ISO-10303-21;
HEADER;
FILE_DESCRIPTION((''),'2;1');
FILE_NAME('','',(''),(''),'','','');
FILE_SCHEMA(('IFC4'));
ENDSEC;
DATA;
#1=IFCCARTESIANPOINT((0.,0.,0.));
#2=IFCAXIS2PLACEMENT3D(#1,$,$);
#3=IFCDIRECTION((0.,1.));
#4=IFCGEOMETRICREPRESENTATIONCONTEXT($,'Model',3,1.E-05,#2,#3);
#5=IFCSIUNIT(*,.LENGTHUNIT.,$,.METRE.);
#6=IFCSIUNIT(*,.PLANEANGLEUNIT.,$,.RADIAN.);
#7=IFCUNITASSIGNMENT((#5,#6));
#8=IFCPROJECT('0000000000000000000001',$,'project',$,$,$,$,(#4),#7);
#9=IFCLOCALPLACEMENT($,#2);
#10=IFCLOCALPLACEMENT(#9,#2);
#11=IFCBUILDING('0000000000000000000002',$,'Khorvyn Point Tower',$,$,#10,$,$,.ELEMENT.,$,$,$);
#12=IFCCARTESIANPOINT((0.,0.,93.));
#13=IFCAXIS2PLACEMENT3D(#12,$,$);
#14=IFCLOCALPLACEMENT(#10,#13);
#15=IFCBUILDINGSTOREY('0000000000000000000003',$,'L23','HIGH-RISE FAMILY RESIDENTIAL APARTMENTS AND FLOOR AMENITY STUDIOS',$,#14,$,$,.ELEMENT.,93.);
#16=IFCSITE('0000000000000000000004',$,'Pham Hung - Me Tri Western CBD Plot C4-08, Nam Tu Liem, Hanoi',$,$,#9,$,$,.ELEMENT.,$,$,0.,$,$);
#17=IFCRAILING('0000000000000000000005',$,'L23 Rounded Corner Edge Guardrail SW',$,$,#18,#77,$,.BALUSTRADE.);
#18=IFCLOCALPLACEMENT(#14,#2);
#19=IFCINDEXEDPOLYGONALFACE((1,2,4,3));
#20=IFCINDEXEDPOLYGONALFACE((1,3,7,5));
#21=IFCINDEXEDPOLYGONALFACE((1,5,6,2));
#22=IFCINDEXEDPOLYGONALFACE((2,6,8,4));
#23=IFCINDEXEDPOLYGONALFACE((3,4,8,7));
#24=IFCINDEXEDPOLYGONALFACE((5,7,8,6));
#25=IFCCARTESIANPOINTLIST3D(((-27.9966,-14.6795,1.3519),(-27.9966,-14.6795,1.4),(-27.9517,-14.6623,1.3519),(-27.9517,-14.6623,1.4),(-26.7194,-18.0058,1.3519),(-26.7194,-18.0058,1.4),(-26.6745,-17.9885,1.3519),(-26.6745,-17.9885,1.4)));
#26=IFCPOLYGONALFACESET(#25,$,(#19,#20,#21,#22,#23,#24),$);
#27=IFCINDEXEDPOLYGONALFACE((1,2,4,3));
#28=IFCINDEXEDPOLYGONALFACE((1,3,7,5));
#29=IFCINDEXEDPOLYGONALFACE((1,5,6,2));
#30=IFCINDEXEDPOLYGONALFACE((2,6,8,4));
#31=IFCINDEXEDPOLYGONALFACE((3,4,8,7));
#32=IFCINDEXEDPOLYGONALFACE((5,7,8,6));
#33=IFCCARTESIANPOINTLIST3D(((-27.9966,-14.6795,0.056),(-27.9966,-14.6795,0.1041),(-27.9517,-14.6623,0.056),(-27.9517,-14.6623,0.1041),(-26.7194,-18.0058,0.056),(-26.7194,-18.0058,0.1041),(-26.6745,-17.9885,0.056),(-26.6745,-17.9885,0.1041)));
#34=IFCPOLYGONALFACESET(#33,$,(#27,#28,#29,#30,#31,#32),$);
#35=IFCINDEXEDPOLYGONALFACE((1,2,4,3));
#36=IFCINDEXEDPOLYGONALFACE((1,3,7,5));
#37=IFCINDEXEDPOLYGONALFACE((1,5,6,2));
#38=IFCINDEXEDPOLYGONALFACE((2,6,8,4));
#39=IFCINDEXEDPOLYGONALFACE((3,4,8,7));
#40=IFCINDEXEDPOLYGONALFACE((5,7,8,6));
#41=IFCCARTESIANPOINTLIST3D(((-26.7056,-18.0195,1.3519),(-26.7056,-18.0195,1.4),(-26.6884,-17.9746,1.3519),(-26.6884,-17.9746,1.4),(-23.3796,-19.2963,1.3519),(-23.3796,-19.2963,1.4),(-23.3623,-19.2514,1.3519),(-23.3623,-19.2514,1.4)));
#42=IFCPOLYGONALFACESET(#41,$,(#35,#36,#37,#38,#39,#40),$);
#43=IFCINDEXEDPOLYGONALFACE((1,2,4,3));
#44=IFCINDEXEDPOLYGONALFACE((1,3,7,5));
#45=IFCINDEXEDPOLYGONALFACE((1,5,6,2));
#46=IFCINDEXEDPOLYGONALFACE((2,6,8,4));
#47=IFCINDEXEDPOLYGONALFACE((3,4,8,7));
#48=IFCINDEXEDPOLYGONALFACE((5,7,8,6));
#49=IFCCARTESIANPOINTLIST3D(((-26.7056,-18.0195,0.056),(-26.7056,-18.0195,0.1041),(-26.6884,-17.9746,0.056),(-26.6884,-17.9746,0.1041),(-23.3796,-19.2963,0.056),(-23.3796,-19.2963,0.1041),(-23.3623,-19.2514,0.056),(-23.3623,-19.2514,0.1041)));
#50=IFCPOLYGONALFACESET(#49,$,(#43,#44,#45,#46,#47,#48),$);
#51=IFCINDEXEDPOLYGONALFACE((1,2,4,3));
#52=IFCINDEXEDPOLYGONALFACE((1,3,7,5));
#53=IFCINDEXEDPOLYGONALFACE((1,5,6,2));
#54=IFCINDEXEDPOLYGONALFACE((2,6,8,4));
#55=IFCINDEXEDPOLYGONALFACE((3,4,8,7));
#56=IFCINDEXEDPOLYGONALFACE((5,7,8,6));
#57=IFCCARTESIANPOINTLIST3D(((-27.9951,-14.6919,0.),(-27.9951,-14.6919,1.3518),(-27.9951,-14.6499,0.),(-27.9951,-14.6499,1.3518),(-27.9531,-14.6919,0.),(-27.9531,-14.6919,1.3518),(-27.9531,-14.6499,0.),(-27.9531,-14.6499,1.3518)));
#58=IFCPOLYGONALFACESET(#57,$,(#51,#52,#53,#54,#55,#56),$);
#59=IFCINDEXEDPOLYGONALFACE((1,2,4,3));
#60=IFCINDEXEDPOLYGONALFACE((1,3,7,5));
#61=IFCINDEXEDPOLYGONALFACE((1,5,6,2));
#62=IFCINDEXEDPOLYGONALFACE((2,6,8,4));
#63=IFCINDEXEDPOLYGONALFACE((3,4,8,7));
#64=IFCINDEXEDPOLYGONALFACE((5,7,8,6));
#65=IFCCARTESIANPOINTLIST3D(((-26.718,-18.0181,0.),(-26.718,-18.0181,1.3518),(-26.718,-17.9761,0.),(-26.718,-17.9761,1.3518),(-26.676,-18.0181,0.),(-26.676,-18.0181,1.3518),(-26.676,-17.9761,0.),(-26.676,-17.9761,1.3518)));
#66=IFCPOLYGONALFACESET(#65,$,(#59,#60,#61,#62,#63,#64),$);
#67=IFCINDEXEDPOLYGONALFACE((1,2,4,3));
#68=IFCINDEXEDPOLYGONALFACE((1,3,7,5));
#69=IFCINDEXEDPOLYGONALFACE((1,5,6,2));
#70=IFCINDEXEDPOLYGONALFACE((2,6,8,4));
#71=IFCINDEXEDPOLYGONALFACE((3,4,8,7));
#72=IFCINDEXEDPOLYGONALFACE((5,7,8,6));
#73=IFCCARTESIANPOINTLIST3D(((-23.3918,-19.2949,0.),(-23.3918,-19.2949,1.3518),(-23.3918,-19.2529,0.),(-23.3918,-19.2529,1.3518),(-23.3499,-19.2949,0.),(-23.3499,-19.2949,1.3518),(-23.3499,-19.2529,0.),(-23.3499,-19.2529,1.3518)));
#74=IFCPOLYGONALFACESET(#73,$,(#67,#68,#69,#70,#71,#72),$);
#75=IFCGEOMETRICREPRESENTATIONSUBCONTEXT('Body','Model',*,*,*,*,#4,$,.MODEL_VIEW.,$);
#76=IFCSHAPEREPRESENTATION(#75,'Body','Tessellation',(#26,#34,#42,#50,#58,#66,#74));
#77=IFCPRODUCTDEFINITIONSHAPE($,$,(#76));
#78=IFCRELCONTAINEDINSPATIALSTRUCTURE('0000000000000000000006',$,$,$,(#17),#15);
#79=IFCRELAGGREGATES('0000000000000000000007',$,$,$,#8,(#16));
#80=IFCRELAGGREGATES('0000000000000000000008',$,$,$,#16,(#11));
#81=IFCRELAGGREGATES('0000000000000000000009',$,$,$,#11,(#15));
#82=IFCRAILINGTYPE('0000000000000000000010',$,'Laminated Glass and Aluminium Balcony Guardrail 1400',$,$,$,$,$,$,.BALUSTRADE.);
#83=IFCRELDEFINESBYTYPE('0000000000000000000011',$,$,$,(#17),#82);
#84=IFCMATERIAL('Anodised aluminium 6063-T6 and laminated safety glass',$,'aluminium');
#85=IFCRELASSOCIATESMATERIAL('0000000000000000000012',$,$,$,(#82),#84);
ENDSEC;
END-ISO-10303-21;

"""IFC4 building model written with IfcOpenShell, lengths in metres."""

from ifc_helpers import new_model, si_unit, direction, frame, origin, origin_2d, place, context, subcontext, project, spatial, rectangle, extrude, material, type_object, element, save


model = new_model("IFC4")

# Units and contexts
model_context = context("Model", 3, precision=1e-05, world=origin(), true_north=direction((0.0, 1.0)))
body_context = subcontext(model_context, "Body", "Model", "MODEL_VIEW")
ifc_project = project(units=[si_unit("LENGTHUNIT", "METRE"), si_unit("PLANEANGLEUNIT", "RADIAN")], contexts=[model_context])

# Site, building, storey
site_placement = place(None, origin())
site = spatial("IfcSite", under=ifc_project, at=site_placement, Name="Pham Hung - Me Tri Western CBD Plot C4-08, Nam Tu Liem, Hanoi", CompositionType="ELEMENT", RefElevation=0.0)
building_placement = place(site_placement, origin())
building = spatial("IfcBuilding", under=site, at=building_placement, Name="Khorvyn Point Tower", CompositionType="ELEMENT")
storey_placement = place(building_placement, frame((0.0, 0.0, 93.0)))
storey = spatial("IfcBuildingStorey", under=building, at=storey_placement, Name="L23", Description="HIGH-RISE FAMILY RESIDENTIAL APARTMENTS AND FLOOR AMENITY STUDIOS", CompositionType="ELEMENT", Elevation=93.0)

# Railing
ifc_material_1 = material(Name="Anodised aluminium 6063-T6 and laminated safety glass", Category="aluminium")
railing_type = type_object("IfcRailingType", Name="Laminated Glass and Aluminium Balcony Guardrail 1400", PredefinedType="BALUSTRADE", material=ifc_material_1)
railing_placement = place(storey_placement, frame((-27.9741, -14.6709, 0.0)))
element("IfcRailing", 1, at=railing_placement, inside=storey, type_object=railing_type, Name="L23 Rounded Corner Edge Guardrail SW", PredefinedType="BALUSTRADE", context=body_context, shape_type="SweptSolid", body=[
    extrude(rectangle(XDim=0.0481, YDim=0.0481, at=origin_2d()), frame((0.0, 0.0, 1.376), z_axis=(0.358442, -0.933552, 0.0), x_axis=(0.933552, 0.358442, 0.0)), (0.0, 0.0, 1.0), 3.563),
    extrude(rectangle(XDim=0.0481, YDim=0.0481, at=origin_2d()), frame((0.0, 0.0, 0.0801), z_axis=(0.358442, -0.933552, 0.0), x_axis=(0.933552, 0.358442, 0.0)), (0.0, 0.0, 1.0), 3.563),
    extrude(rectangle(XDim=0.0481, YDim=0.0481, at=origin_2d()), frame((1.2771, -3.3262, 1.376), z_axis=(0.933575, -0.358382, 0.0), x_axis=(0.358382, 0.933575, 0.0)), (0.0, 0.0, 1.0), 3.5627),
    extrude(rectangle(XDim=0.0481, YDim=0.0481, at=origin_2d()), frame((1.2771, -3.3262, 0.0801), z_axis=(0.933575, -0.358382, 0.0), x_axis=(0.358382, 0.933575, 0.0)), (0.0, 0.0, 1.0), 3.5627),
    extrude(rectangle(XDim=0.042, YDim=0.042, at=origin_2d()), origin(), (0.0, 0.0, 1.0), 1.3518),
    extrude(rectangle(XDim=0.042, YDim=0.042, at=origin_2d()), frame((1.2771, -3.3262, 0.0)), (0.0, 0.0, 1.0), 1.3518),
    extrude(rectangle(XDim=0.042, YDim=0.042, at=origin_2d()), frame((4.6033, -4.603, 0.0)), (0.0, 0.0, 1.0), 1.3518),
])

save(model, "model.ifc")
